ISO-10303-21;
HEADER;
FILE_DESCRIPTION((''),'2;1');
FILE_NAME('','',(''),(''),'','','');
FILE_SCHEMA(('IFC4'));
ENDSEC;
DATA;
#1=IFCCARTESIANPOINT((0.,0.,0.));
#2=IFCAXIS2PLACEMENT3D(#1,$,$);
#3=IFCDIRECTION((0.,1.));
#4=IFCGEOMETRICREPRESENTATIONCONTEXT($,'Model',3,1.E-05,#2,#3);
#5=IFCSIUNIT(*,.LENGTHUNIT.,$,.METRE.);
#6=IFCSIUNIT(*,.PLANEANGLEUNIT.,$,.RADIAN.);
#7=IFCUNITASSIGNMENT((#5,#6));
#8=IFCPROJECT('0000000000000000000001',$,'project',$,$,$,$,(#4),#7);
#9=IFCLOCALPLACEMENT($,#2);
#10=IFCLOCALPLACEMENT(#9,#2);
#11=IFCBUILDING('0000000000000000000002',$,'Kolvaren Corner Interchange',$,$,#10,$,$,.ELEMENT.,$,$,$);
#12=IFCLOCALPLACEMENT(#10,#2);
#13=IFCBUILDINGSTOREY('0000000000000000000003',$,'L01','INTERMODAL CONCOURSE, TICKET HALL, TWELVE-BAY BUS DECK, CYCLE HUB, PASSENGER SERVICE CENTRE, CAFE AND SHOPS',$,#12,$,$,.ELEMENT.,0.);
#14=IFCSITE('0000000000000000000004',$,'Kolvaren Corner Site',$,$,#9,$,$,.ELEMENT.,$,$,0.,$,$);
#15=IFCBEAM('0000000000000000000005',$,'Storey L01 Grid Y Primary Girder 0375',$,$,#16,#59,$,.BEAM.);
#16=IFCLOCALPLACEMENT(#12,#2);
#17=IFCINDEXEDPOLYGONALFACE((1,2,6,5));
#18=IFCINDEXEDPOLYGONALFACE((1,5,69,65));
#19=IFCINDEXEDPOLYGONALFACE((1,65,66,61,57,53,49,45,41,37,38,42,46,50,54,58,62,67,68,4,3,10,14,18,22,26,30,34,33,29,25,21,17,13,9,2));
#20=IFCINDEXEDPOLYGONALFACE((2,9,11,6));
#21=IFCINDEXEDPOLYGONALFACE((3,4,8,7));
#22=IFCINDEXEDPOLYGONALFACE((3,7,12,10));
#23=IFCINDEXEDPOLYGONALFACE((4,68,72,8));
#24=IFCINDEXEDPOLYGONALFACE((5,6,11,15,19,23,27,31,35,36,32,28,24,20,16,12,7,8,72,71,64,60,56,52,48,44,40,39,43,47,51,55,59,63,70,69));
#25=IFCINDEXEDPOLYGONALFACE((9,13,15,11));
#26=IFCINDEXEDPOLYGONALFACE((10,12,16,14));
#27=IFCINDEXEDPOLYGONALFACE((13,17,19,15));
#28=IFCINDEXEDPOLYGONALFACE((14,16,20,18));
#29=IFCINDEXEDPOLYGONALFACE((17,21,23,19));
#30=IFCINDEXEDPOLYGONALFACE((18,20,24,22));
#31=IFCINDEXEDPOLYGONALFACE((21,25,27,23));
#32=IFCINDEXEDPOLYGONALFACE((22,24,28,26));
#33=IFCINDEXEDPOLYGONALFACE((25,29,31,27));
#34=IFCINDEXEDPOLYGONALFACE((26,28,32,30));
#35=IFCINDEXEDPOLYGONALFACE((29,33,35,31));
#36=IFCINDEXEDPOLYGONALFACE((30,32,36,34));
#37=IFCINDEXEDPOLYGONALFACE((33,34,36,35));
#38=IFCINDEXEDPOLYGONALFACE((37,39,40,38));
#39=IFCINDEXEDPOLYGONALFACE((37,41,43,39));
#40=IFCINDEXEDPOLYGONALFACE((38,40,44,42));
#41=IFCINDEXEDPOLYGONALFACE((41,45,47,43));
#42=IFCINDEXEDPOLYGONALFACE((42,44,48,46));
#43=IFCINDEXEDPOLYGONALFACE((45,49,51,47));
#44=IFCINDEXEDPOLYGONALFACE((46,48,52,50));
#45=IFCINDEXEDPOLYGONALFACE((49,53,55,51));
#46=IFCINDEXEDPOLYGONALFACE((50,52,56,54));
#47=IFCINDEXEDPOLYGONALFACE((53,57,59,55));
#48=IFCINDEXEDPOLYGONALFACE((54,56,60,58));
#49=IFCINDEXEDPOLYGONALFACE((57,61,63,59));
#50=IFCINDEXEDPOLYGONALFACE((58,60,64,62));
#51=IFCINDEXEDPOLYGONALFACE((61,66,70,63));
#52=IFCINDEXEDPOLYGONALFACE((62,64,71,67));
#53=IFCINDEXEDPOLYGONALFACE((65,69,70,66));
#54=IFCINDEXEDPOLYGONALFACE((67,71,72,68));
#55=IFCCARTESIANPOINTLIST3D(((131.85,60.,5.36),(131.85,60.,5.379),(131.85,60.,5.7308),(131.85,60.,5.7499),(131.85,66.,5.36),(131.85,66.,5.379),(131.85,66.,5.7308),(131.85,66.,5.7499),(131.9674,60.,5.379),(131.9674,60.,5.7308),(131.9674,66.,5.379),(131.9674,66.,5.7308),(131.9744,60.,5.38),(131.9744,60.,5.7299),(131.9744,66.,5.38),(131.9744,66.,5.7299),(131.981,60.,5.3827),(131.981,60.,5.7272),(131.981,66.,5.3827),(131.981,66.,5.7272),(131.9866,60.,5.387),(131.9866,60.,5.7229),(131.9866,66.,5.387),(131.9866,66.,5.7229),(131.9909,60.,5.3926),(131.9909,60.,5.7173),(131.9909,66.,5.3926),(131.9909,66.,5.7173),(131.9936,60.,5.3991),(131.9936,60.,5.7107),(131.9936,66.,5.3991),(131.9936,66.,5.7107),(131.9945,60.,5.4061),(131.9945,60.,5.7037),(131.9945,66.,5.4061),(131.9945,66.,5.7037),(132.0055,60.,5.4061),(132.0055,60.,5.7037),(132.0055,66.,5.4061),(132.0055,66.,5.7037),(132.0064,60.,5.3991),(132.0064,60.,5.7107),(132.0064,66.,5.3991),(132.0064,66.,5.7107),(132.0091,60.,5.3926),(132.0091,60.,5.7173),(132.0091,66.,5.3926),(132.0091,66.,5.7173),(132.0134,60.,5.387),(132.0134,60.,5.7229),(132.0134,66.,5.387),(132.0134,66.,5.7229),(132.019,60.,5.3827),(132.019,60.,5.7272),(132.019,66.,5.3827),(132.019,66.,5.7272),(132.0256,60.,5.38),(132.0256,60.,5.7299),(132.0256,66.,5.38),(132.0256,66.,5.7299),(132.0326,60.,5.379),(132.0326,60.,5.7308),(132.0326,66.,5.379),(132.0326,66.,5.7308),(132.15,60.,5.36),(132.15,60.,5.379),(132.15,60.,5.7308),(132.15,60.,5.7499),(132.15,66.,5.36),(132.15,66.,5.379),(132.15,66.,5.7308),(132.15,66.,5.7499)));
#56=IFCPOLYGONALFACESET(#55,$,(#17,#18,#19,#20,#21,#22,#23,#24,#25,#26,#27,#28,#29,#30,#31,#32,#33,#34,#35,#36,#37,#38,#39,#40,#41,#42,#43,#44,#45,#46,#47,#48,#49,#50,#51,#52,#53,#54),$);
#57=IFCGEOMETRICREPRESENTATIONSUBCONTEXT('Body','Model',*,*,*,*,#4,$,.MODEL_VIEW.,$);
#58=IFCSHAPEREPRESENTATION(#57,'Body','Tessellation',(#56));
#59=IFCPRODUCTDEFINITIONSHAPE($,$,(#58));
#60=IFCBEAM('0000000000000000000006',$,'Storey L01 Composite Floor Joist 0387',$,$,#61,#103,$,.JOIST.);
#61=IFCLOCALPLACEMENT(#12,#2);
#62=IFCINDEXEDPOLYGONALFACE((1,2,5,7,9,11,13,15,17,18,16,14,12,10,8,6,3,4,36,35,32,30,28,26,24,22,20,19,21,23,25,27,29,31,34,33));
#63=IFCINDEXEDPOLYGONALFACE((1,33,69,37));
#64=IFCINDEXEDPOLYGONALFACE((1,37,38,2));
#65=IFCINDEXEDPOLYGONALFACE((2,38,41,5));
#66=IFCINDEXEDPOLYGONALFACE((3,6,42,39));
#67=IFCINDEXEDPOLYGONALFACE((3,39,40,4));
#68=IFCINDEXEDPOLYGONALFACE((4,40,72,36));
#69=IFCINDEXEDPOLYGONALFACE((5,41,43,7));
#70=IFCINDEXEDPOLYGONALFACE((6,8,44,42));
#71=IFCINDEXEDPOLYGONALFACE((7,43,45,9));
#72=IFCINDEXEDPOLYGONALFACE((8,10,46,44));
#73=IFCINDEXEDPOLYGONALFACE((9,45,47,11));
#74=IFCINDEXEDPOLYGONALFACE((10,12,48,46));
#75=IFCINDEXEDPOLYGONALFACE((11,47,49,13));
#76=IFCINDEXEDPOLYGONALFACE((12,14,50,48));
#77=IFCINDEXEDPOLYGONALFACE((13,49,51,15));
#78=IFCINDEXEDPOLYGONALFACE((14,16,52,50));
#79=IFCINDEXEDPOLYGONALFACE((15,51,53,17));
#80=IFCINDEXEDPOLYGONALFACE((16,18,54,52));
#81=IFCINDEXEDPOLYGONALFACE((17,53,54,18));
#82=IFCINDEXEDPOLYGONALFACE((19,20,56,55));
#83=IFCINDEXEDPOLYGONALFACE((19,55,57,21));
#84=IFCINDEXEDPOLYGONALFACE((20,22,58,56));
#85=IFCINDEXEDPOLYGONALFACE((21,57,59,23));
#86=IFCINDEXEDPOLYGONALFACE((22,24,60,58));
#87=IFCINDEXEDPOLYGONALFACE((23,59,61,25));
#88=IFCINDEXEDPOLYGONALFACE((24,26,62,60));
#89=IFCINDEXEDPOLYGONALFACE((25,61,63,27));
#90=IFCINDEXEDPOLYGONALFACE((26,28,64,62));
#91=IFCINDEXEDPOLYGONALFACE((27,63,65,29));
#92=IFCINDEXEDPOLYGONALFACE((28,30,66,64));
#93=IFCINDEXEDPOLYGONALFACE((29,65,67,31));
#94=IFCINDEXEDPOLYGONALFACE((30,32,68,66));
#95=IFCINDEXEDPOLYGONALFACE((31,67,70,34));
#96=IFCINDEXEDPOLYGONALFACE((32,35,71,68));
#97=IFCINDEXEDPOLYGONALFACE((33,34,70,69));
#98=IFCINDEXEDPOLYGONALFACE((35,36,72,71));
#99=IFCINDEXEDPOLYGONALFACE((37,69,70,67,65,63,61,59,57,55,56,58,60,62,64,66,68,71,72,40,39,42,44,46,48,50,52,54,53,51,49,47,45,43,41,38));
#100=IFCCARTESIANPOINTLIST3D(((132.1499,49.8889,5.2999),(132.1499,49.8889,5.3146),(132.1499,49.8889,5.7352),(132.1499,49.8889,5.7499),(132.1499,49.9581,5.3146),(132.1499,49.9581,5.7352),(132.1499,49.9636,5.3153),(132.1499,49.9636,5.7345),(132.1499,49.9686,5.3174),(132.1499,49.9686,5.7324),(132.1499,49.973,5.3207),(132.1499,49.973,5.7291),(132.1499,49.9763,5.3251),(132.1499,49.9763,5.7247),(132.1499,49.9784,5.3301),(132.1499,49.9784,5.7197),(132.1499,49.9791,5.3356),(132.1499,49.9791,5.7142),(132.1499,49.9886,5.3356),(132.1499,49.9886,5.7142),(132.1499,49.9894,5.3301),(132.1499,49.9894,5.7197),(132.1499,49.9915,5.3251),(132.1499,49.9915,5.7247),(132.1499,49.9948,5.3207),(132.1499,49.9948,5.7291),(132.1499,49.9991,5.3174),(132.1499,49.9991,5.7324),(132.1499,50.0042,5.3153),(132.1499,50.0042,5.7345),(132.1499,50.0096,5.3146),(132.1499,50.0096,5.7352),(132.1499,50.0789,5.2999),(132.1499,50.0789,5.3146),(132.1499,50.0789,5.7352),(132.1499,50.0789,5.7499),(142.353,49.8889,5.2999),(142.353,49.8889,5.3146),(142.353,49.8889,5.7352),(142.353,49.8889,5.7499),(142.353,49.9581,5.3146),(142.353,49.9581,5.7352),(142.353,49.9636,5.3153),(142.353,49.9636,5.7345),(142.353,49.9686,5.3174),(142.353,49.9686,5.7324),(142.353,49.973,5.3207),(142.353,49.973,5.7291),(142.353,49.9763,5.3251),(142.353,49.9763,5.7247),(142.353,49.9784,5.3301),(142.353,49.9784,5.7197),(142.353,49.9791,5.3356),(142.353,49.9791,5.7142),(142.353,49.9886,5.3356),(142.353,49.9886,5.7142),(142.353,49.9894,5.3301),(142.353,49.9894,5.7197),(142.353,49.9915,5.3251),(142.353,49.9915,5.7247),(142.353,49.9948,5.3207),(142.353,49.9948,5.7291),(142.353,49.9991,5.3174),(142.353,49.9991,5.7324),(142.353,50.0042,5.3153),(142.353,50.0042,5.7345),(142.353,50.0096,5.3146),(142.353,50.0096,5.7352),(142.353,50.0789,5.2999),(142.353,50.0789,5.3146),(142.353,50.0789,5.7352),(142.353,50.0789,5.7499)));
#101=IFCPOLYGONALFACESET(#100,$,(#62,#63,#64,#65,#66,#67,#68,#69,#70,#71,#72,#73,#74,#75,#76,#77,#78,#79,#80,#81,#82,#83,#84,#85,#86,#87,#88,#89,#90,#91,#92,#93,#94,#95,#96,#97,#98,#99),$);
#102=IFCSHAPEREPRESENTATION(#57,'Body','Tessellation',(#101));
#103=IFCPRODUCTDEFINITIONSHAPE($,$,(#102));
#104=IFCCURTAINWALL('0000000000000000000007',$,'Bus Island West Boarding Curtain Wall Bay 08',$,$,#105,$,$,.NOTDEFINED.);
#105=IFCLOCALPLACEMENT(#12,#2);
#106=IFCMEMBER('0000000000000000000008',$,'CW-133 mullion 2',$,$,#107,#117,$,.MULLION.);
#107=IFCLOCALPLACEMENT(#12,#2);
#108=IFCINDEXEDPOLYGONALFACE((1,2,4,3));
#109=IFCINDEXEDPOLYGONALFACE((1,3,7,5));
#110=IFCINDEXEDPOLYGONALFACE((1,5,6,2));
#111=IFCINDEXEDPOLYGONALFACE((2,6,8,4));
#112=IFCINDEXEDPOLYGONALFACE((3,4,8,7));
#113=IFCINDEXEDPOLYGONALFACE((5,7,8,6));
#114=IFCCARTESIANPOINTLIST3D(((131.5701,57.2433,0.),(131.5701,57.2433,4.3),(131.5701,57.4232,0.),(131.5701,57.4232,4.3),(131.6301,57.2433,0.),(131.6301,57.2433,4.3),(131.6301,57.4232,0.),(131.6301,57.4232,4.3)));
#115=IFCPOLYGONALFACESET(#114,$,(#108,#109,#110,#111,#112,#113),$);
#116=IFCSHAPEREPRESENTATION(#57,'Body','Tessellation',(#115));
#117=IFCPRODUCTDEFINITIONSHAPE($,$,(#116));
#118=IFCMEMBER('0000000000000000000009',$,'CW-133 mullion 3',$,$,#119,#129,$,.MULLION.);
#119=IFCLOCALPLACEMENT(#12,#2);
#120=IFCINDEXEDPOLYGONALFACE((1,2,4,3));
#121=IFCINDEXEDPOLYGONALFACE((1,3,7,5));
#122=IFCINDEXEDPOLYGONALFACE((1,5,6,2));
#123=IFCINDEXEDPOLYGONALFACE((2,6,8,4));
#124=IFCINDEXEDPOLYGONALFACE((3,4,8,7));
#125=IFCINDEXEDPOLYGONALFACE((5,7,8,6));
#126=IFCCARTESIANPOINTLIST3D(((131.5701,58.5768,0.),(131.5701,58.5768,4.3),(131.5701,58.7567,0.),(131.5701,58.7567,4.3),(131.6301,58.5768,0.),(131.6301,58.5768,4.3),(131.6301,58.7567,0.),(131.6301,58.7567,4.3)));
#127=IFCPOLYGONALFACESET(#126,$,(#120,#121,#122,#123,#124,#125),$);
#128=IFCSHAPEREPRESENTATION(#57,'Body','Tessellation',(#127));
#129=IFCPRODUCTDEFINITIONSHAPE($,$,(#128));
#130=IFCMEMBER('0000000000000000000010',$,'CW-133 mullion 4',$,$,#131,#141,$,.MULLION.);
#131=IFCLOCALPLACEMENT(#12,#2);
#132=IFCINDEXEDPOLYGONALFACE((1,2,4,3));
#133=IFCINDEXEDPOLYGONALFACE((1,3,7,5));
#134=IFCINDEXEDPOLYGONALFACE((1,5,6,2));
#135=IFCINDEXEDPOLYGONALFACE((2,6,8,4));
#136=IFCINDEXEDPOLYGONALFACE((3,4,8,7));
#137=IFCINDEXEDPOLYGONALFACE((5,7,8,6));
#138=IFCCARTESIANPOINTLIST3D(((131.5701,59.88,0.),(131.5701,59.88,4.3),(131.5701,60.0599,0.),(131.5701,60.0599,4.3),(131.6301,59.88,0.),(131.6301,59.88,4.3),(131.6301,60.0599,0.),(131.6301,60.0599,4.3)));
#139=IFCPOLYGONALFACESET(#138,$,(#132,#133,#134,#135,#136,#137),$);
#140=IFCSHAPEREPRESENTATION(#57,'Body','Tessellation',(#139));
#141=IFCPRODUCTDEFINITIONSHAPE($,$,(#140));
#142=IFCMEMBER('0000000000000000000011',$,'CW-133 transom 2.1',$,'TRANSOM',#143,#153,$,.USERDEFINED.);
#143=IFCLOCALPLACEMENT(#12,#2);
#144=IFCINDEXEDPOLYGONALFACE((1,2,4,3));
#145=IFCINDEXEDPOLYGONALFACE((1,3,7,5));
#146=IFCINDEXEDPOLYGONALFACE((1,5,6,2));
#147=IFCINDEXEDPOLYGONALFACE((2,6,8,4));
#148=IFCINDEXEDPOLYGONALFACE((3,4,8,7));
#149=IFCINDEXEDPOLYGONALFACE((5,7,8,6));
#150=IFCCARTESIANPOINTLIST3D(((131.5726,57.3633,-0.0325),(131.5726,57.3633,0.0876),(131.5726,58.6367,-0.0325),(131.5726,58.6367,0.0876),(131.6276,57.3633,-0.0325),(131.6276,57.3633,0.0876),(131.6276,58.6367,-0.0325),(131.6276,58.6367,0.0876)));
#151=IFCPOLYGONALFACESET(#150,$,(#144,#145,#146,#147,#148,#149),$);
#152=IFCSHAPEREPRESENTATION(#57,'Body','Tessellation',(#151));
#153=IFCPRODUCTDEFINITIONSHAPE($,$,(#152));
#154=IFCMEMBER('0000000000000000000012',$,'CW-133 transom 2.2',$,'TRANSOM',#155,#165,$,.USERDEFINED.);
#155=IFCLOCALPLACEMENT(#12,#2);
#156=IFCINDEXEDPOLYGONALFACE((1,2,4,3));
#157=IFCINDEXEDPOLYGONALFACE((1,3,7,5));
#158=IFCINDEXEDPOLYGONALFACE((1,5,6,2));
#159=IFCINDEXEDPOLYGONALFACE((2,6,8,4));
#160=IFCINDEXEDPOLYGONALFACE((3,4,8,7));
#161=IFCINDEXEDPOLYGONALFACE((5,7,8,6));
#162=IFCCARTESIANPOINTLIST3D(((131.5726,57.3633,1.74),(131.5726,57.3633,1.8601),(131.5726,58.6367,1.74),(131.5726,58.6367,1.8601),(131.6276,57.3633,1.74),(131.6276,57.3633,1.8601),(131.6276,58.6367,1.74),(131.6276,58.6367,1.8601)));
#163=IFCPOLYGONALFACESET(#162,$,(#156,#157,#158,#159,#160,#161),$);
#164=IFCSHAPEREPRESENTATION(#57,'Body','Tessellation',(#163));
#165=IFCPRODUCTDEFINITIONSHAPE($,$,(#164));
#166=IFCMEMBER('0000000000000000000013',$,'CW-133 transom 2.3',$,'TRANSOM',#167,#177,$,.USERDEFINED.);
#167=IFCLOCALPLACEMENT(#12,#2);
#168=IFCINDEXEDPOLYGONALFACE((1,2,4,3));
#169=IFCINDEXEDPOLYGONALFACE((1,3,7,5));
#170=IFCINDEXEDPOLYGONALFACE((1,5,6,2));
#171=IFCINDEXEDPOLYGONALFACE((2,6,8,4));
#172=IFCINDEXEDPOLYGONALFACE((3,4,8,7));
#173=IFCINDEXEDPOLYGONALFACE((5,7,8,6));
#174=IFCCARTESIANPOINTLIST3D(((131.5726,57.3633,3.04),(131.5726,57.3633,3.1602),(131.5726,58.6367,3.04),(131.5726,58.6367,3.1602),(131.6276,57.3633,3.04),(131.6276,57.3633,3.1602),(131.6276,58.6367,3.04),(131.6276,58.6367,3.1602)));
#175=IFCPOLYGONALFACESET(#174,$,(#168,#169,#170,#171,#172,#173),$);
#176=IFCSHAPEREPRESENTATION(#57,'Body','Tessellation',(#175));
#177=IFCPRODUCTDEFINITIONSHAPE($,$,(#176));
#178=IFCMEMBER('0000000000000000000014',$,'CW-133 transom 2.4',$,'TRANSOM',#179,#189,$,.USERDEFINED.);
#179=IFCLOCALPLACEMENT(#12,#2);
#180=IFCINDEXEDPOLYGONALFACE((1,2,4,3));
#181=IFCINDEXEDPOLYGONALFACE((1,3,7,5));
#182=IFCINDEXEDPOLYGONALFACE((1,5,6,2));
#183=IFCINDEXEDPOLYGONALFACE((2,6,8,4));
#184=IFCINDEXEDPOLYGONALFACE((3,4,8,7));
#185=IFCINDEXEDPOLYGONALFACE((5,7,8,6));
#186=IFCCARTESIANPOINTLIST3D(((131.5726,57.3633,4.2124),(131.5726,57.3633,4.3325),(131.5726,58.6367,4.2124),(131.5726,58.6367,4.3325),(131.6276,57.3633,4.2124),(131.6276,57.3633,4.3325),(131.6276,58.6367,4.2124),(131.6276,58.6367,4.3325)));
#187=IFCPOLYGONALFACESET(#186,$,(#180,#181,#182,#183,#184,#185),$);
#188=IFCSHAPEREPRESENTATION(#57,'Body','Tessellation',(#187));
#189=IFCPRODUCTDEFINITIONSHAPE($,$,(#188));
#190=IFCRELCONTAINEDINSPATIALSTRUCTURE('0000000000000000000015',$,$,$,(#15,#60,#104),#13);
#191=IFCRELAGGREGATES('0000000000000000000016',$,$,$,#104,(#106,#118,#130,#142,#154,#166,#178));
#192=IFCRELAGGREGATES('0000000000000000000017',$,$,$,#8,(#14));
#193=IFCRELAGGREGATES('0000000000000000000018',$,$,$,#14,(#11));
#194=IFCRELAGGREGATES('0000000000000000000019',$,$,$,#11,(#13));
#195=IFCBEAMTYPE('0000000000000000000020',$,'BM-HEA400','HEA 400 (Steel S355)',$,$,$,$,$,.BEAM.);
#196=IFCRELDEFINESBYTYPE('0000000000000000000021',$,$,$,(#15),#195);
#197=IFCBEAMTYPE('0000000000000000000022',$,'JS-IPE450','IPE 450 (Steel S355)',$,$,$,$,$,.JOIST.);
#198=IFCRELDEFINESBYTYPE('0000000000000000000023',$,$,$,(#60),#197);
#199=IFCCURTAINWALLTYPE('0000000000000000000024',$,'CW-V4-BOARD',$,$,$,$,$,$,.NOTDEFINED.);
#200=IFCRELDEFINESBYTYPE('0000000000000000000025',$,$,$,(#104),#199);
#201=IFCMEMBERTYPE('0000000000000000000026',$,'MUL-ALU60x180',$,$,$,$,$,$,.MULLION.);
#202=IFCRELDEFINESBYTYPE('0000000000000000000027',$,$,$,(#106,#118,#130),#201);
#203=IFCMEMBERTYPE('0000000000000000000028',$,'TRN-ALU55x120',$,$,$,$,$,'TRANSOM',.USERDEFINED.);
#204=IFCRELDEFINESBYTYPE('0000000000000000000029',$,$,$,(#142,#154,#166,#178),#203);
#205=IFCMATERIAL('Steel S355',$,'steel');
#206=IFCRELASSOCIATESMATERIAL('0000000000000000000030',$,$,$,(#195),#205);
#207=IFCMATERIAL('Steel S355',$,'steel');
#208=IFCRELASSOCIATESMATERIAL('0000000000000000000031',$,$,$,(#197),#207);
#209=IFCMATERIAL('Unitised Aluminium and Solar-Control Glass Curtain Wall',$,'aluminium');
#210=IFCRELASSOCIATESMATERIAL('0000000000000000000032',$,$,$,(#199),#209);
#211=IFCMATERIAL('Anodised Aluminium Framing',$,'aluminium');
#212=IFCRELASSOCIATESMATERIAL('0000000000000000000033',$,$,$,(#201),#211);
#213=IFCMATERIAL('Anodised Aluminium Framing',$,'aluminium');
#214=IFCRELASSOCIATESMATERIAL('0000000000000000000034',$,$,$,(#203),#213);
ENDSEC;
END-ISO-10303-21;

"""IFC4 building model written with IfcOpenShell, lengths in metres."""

from ifc_helpers import new_model, si_unit, direction, frame, origin, origin_2d, place, context, subcontext, project, spatial, rectangle, i_section, extrude, material, material_profile, profile_set, type_object, element, aggregate, save


model = new_model("IFC4")

# Units and contexts
model_context = context("Model", 3, precision=1e-05, world=origin(), true_north=direction((0.0, 1.0)))
body_context = subcontext(model_context, "Body", "Model", "MODEL_VIEW")
ifc_project = project(units=[si_unit("LENGTHUNIT", "METRE"), si_unit("PLANEANGLEUNIT", "RADIAN")], contexts=[model_context])

# Site, building, storey
site_placement = place(None, origin())
site = spatial("IfcSite", under=ifc_project, at=site_placement, Name="Kolvaren Corner Site", CompositionType="ELEMENT", RefElevation=0.0)
building_placement = place(site_placement, origin())
building = spatial("IfcBuilding", under=site, at=building_placement, Name="Kolvaren Corner Interchange", CompositionType="ELEMENT")
storey_placement = place(building_placement, origin())
storey = spatial("IfcBuildingStorey", under=building, at=storey_placement, Name="L01", Description="INTERMODAL CONCOURSE, TICKET HALL, TWELVE-BAY BUS DECK, CYCLE HUB, PASSENGER SERVICE CENTRE, CAFE AND SHOPS", CompositionType="ELEMENT", Elevation=0.0)

# Beams
ifc_material_1 = material(Name="Steel S355", Category="steel")
ifc_material_profile_1 = material_profile(ifc_material_1, i_section(OverallWidth=0.3, OverallDepth=0.3899, WebThickness=0.011, FlangeThickness=0.019, FilletRadius=0.0271, at=origin_2d()), Name="HEA 400")
ifc_profile_set_1 = profile_set([ifc_material_profile_1], Name="Steel S355")
beam_type_1 = type_object("IfcBeamType", Name="BM-HEA400", Description="HEA 400 (Steel S355)", PredefinedType="BEAM", material=ifc_profile_set_1)
for number, where, z_axis, x_axis, name in (
    (1, (132.0, 60.0, 5.5549), (0.0, 1.0, 0.0), (-1.0, 0.0, 0.0), "Storey L01 Grid Y Primary Girder 0375"),
):
    element("IfcBeam", number, at=place(storey_placement, frame(where, z_axis=z_axis, x_axis=x_axis)), inside=storey, type_object=beam_type_1, Name=name, PredefinedType="BEAM", context=body_context, shape_type="SweptSolid", body=[
        extrude(i_section(OverallWidth=0.3, OverallDepth=0.3899, WebThickness=0.011, FlangeThickness=0.019, FilletRadius=0.0271, at=origin_2d()), origin(), (0.0, 0.0, 1.0), 6.0),
    ])
ifc_material_2 = material(Name="Steel S355", Category="steel")
ifc_material_profile_2 = material_profile(ifc_material_2, i_section(OverallWidth=0.1899, OverallDepth=0.45, WebThickness=0.0095, FlangeThickness=0.0146, FilletRadius=0.021, at=origin_2d()), Name="IPE 450")
ifc_profile_set_2 = profile_set([ifc_material_profile_2], Name="Steel S355")
beam_type_2 = type_object("IfcBeamType", Name="JS-IPE450", Description="IPE 450 (Steel S355)", PredefinedType="JOIST", material=ifc_profile_set_2)
beam_placement = place(storey_placement, frame((132.1499, 49.9839, 5.5249), z_axis=(1.0, 0.0, 0.0), x_axis=(0.0, 1.0, 0.0)))
element("IfcBeam", 2, at=beam_placement, inside=storey, type_object=beam_type_2, Name="Storey L01 Composite Floor Joist 0387", PredefinedType="JOIST", context=body_context, shape_type="SweptSolid", body=[
    extrude(i_section(OverallWidth=0.1899, OverallDepth=0.45, WebThickness=0.0095, FlangeThickness=0.0146, FilletRadius=0.021, at=origin_2d()), origin(), (0.0, 0.0, 1.0), 10.2031),
])

# Curtain wall, members
ifc_material_3 = material(Name="Unitised Aluminium and Solar-Control Glass Curtain Wall", Category="aluminium")
curtain_wall_type = type_object("IfcCurtainWallType", Name="CW-V4-BOARD", PredefinedType="NOTDEFINED", material=ifc_material_3)
curtain_wall_placement = place(storey_placement, origin())
curtain_wall = element("IfcCurtainWall", 3, at=curtain_wall_placement, inside=storey, type_object=curtain_wall_type, Name="Bus Island West Boarding Curtain Wall Bay 08", PredefinedType="NOTDEFINED")
ifc_material_4 = material(Name="Anodised Aluminium Framing", Category="aluminium")
ifc_material_profile_3 = material_profile(ifc_material_4, rectangle(XDim=0.0601, YDim=0.1799, at=origin_2d()), Name="ALU 60x180")
ifc_profile_set_3 = profile_set([ifc_material_profile_3], Name="Anodised Aluminium Framing")
member_type_1 = type_object("IfcMemberType", Name="MUL-ALU60x180", PredefinedType="MULLION", material=ifc_profile_set_3)
member_1_placement = place(storey_placement, frame((131.6001, 57.3333, 0.0), z_axis=(0.0, 0.0, 1.0), x_axis=(-1.0, 0.0, 0.0)))
member_1 = element("IfcMember", 4, at=member_1_placement, type_object=member_type_1, Name="CW-133 mullion 2", PredefinedType="MULLION", context=body_context, shape_type="SweptSolid", body=[
    extrude(rectangle(XDim=0.0601, YDim=0.1799, at=origin_2d()), origin(), (0.0, 0.0, 1.0), 4.3),
])
member_2_placement = place(storey_placement, frame((131.6001, 58.6667, 0.0), z_axis=(0.0, 0.0, 1.0), x_axis=(-1.0, 0.0, 0.0)))
member_2 = element("IfcMember", 5, at=member_2_placement, type_object=member_type_1, Name="CW-133 mullion 3", PredefinedType="MULLION", context=body_context, shape_type="SweptSolid", body=[
    extrude(rectangle(XDim=0.0601, YDim=0.1799, at=origin_2d()), origin(), (0.0, 0.0, 1.0), 4.3),
])
member_3_placement = place(storey_placement, frame((131.6001, 59.97, 0.0), z_axis=(0.0, 0.0, 1.0), x_axis=(-1.0, 0.0, 0.0)))
member_3 = element("IfcMember", 6, at=member_3_placement, type_object=member_type_1, Name="CW-133 mullion 4", PredefinedType="MULLION", context=body_context, shape_type="SweptSolid", body=[
    extrude(rectangle(XDim=0.0601, YDim=0.1799, at=origin_2d()), origin(), (0.0, 0.0, 1.0), 4.3),
])
ifc_material_5 = material(Name="Anodised Aluminium Framing", Category="aluminium")
ifc_material_profile_4 = material_profile(ifc_material_5, rectangle(XDim=0.0549, YDim=0.1201, at=origin_2d()), Name="ALU 55x120")
ifc_profile_set_4 = profile_set([ifc_material_profile_4], Name="Anodised Aluminium Framing")
member_type_2 = type_object("IfcMemberType", Name="TRN-ALU55x120", ElementType="TRANSOM", PredefinedType="USERDEFINED", material=ifc_profile_set_4)
member_4_placement = place(storey_placement, frame((131.6001, 57.3633, 0.0276), z_axis=(0.0, 1.0, 0.0), x_axis=(-1.0, 0.0, 0.0)))
member_4 = element("IfcMember", 7, at=member_4_placement, type_object=member_type_2, Name="CW-133 transom 2.1", ObjectType="TRANSOM", PredefinedType="USERDEFINED", context=body_context, shape_type="SweptSolid", body=[
    extrude(rectangle(XDim=0.0549, YDim=0.1201, at=origin_2d()), origin(), (0.0, 0.0, 1.0), 1.2734),
])
member_5_placement = place(storey_placement, frame((131.6001, 57.3633, 1.8), z_axis=(0.0, 1.0, 0.0), x_axis=(-1.0, 0.0, 0.0)))
member_5 = element("IfcMember", 8, at=member_5_placement, type_object=member_type_2, Name="CW-133 transom 2.2", ObjectType="TRANSOM", PredefinedType="USERDEFINED", context=body_context, shape_type="SweptSolid", body=[
    extrude(rectangle(XDim=0.0549, YDim=0.1201, at=origin_2d()), origin(), (0.0, 0.0, 1.0), 1.2734),
])
member_6_placement = place(storey_placement, frame((131.6001, 57.3633, 3.1001), z_axis=(0.0, 1.0, 0.0), x_axis=(-1.0, 0.0, 0.0)))
member_6 = element("IfcMember", 9, at=member_6_placement, type_object=member_type_2, Name="CW-133 transom 2.3", ObjectType="TRANSOM", PredefinedType="USERDEFINED", context=body_context, shape_type="SweptSolid", body=[
    extrude(rectangle(XDim=0.0549, YDim=0.1201, at=origin_2d()), origin(), (0.0, 0.0, 1.0), 1.2734),
])
member_7_placement = place(storey_placement, frame((131.6001, 57.3633, 4.2725), z_axis=(0.0, 1.0, 0.0), x_axis=(-1.0, 0.0, 0.0)))
member_7 = element("IfcMember", 10, at=member_7_placement, type_object=member_type_2, Name="CW-133 transom 2.4", ObjectType="TRANSOM", PredefinedType="USERDEFINED", context=body_context, shape_type="SweptSolid", body=[
    extrude(rectangle(XDim=0.0549, YDim=0.1201, at=origin_2d()), origin(), (0.0, 0.0, 1.0), 1.2734),
])
aggregate(curtain_wall, [member_1, member_2, member_3, member_4, member_5, member_6, member_7])

save(model, "model.ifc")
